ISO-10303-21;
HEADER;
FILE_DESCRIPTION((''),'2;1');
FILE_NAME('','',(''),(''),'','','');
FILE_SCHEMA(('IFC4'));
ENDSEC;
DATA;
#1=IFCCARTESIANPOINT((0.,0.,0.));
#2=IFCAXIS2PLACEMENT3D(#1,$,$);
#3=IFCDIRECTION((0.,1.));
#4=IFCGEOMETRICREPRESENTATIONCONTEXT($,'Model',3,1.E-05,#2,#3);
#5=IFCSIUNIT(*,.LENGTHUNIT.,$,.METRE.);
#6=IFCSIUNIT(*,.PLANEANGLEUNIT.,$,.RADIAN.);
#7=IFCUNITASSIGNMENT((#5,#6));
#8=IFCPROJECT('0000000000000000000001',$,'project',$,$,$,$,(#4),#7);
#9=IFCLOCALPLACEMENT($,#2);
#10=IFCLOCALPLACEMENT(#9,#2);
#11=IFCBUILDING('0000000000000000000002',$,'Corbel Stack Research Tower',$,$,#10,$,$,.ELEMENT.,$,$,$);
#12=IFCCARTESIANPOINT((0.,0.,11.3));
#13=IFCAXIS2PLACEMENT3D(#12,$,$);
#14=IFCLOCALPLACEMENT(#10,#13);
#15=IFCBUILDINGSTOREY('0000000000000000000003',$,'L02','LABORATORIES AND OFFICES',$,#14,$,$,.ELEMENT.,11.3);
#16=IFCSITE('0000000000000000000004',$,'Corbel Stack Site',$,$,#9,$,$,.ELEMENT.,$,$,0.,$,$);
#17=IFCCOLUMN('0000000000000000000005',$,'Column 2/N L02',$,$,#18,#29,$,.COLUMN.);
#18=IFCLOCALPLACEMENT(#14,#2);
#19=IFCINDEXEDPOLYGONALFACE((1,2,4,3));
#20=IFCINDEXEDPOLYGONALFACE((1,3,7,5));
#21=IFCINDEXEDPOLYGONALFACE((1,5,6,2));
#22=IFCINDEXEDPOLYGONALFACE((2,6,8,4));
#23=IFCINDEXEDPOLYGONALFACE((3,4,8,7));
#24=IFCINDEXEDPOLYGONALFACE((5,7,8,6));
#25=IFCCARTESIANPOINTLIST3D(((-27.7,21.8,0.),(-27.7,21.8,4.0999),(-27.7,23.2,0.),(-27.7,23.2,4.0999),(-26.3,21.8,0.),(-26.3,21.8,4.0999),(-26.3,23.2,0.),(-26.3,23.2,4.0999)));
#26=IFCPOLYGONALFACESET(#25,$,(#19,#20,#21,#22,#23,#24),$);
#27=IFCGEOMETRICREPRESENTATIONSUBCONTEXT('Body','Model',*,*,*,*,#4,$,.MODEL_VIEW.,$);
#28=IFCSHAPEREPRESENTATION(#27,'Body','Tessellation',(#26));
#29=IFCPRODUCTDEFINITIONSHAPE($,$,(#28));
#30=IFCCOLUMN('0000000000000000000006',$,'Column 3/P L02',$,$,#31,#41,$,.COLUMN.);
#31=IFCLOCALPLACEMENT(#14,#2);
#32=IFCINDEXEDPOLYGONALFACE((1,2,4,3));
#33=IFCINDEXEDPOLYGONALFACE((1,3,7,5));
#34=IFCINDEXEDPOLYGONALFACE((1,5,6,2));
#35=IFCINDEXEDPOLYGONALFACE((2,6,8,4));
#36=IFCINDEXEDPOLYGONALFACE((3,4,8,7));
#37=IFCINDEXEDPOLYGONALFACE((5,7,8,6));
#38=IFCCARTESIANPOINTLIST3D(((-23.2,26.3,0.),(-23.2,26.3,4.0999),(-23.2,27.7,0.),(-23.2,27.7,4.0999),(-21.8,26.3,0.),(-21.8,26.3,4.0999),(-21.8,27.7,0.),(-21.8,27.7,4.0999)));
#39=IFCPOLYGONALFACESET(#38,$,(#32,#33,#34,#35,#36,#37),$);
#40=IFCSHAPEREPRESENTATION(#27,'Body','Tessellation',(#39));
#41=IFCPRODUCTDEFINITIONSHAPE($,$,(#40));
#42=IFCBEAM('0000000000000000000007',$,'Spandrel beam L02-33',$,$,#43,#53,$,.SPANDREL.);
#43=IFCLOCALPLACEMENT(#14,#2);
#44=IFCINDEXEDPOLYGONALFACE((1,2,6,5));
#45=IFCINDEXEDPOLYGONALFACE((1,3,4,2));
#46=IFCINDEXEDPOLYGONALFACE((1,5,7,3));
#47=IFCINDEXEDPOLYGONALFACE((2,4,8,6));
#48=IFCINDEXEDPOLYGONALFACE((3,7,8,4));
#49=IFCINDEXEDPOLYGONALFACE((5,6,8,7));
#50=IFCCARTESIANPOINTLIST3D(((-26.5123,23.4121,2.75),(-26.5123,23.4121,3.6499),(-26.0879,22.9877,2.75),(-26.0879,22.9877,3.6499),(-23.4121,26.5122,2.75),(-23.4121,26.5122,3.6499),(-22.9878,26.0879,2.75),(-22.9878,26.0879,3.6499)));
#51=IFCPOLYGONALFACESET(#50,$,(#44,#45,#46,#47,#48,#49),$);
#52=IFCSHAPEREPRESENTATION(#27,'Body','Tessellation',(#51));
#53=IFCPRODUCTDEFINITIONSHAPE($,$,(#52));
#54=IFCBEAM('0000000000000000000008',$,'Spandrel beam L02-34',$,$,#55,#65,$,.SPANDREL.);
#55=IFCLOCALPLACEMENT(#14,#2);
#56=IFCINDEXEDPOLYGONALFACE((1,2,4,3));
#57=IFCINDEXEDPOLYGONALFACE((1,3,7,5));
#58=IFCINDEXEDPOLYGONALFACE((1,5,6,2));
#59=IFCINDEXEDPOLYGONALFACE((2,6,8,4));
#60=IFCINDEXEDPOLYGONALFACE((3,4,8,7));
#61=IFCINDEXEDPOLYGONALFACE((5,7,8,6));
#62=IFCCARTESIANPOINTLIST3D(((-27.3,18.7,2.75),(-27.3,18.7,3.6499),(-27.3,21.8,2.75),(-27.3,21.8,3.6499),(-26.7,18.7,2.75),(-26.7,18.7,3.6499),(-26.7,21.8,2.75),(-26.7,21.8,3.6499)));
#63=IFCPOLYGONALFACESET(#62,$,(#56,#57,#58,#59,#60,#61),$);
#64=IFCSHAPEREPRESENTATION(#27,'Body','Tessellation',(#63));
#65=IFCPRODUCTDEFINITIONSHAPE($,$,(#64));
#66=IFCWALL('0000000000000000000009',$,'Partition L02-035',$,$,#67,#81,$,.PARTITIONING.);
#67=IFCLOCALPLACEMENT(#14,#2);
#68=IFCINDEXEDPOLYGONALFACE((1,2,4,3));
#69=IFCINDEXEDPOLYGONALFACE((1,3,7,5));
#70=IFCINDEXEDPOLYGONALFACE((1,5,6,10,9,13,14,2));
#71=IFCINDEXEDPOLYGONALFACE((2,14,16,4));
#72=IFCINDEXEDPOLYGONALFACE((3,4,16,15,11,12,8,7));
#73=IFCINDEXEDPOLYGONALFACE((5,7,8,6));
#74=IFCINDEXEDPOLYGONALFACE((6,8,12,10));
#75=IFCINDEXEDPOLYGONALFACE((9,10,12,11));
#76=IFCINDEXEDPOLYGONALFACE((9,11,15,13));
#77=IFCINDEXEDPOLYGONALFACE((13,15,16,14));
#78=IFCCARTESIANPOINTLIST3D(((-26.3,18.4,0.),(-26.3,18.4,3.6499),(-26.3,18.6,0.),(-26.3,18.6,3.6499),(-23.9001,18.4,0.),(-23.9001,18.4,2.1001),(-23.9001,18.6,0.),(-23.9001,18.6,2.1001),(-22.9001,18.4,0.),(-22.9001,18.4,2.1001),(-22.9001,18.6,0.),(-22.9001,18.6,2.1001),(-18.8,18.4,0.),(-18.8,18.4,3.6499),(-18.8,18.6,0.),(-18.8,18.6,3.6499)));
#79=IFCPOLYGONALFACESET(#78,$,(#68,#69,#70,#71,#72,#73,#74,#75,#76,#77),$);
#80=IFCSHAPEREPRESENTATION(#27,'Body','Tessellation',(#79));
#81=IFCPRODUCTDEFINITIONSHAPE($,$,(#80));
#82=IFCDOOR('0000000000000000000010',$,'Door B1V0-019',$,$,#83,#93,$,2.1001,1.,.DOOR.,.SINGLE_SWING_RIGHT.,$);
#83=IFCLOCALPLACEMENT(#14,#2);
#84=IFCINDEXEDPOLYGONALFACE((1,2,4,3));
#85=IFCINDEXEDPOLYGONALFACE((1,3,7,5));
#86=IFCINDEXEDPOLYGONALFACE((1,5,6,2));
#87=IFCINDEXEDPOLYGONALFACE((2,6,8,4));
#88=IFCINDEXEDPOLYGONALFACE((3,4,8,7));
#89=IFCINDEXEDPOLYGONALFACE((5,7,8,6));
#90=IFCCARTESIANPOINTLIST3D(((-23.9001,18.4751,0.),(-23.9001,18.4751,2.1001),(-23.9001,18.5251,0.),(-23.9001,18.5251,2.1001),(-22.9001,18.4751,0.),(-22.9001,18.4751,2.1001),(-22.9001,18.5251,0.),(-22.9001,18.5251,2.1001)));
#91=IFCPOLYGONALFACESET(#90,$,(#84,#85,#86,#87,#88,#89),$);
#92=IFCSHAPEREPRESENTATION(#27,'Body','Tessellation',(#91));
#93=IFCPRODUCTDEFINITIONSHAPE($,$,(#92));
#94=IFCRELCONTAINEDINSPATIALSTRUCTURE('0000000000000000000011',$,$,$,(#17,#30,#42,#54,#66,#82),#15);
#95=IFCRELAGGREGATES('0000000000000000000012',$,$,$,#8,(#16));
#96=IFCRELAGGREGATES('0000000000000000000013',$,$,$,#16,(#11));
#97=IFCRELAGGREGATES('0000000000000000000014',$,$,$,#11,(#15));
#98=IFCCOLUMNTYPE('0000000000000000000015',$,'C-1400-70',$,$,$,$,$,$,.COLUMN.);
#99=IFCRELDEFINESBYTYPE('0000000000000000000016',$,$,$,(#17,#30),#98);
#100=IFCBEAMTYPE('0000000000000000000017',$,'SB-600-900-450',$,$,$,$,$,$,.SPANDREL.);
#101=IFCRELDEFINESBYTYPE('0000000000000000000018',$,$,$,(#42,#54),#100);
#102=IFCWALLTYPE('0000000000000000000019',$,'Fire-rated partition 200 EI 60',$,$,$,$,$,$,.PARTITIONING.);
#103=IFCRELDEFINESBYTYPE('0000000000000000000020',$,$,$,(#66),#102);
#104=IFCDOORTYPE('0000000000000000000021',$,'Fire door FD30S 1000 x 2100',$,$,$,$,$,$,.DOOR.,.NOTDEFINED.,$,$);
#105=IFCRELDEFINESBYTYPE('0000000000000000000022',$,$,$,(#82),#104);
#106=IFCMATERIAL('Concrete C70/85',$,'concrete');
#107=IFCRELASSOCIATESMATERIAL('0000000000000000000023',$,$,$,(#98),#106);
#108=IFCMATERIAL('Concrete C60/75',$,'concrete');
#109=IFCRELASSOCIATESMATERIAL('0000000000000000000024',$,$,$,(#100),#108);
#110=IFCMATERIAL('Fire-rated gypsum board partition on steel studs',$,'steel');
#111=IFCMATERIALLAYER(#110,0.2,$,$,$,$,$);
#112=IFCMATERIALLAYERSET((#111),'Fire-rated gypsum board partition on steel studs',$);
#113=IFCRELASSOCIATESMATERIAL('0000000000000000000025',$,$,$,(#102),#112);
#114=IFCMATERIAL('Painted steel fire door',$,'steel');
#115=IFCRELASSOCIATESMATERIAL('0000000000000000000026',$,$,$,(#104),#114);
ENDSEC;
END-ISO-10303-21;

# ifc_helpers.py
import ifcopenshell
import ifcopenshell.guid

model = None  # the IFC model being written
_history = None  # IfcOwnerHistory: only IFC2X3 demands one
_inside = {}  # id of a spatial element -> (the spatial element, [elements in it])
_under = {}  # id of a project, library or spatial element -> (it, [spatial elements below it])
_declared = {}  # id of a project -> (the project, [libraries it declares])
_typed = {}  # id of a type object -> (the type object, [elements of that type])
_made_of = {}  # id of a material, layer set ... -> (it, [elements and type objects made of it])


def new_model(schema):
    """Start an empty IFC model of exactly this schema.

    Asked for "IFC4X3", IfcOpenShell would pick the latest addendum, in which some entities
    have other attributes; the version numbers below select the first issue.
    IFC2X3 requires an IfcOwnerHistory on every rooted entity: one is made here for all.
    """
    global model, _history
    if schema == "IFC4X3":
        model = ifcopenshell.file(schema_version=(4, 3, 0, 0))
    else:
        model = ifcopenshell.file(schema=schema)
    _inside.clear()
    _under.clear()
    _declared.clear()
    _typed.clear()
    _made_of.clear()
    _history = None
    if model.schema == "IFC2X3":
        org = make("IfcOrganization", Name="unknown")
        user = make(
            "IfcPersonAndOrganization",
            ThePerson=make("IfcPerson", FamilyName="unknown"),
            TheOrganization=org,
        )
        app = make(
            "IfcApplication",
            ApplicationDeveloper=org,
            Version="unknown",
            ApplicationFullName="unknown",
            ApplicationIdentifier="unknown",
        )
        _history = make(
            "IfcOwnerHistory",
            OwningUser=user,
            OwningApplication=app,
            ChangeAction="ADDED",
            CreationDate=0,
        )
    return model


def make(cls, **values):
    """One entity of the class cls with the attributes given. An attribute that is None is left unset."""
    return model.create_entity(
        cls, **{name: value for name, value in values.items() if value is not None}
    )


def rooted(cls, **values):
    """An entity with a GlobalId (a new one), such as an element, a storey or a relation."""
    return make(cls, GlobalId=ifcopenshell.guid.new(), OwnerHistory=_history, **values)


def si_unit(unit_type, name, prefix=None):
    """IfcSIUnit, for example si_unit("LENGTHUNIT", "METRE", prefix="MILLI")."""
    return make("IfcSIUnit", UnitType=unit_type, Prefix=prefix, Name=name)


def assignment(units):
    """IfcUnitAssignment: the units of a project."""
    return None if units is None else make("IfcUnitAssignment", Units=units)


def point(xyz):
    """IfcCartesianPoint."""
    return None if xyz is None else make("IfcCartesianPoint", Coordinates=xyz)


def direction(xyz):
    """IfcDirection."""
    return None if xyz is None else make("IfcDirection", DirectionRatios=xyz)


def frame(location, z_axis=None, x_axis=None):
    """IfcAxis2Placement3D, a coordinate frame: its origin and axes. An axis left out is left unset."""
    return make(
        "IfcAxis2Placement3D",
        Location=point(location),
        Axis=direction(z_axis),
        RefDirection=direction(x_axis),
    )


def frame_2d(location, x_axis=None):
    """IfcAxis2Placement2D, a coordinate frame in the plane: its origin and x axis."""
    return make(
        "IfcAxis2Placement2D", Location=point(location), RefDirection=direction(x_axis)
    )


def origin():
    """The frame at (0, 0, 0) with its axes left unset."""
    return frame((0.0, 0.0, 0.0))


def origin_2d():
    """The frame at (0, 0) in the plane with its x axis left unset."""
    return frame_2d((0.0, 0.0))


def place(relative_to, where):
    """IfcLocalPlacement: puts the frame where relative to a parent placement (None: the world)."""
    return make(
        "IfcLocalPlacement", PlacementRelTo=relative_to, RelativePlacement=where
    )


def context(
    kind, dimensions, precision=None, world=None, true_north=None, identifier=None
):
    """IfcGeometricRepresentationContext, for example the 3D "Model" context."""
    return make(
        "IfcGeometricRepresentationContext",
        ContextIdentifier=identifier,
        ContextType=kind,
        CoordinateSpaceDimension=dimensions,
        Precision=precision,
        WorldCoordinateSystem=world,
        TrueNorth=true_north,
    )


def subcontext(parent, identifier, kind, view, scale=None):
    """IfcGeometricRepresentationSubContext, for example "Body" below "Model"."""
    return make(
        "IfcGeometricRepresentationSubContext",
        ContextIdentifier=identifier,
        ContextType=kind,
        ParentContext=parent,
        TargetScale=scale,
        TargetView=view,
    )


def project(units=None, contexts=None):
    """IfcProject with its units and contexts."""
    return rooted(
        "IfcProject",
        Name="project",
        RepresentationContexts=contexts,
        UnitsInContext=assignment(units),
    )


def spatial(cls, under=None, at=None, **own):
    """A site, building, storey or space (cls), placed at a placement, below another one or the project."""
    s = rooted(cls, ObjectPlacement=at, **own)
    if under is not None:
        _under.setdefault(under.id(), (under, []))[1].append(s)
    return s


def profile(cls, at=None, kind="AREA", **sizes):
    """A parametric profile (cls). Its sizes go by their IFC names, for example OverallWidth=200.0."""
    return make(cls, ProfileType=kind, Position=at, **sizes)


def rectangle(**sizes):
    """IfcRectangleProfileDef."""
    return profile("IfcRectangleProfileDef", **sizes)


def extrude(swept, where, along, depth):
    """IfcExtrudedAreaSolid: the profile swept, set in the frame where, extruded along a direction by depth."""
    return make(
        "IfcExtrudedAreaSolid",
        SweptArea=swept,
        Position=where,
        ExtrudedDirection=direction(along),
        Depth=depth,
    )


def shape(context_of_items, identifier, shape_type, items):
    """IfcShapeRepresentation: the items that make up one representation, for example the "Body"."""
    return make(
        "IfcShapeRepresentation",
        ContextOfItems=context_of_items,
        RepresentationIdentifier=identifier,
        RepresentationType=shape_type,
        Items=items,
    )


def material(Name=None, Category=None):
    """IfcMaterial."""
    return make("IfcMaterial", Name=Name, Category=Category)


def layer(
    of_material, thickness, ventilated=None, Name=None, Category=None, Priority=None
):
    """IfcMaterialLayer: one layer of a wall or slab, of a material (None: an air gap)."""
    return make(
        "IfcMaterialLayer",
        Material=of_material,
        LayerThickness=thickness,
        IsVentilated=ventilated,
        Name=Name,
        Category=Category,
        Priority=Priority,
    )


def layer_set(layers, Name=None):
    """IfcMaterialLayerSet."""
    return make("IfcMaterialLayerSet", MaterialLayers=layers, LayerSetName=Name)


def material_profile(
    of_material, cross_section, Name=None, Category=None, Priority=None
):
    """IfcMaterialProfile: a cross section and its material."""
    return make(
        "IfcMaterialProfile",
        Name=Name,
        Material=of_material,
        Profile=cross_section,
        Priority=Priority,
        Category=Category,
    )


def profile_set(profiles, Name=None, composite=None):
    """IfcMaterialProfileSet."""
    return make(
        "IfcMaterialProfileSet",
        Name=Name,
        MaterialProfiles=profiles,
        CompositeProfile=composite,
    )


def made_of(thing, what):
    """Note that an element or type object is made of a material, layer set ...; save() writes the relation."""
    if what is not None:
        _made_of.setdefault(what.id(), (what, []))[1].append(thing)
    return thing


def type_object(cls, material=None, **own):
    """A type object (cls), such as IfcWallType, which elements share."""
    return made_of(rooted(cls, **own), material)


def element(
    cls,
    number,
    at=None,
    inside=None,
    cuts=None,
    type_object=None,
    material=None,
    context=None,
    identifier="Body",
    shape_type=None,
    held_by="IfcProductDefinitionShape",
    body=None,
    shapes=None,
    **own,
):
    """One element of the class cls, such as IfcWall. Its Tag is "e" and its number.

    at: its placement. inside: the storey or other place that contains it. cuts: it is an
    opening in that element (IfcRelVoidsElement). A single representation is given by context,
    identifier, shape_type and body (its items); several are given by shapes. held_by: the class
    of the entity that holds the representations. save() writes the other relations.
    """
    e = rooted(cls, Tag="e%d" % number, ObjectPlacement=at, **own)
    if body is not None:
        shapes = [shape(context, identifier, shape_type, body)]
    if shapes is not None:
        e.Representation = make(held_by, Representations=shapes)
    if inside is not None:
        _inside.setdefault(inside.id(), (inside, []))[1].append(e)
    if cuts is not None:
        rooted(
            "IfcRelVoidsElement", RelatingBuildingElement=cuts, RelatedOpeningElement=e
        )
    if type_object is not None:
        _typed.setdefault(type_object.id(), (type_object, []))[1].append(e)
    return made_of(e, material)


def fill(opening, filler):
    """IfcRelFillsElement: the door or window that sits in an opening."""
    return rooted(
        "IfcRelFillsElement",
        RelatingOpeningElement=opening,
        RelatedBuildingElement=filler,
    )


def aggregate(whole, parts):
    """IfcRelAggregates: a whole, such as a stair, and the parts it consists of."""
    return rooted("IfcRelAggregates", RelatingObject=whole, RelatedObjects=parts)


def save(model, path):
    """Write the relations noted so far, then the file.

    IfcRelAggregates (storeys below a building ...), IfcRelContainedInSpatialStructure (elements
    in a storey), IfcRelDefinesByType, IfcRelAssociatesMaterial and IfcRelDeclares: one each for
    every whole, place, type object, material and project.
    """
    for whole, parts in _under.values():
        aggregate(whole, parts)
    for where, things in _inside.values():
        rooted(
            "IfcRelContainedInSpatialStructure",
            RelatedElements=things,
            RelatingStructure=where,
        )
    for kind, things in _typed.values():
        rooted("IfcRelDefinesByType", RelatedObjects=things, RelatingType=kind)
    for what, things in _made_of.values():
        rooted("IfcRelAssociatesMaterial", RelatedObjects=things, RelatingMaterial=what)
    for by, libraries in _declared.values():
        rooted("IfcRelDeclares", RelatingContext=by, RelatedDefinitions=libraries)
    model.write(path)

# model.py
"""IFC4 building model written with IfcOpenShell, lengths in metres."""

from ifc_helpers import new_model, si_unit, direction, frame, frame_2d, origin, origin_2d, place, context, subcontext, project, spatial, rectangle, extrude, material, layer, layer_set, material_profile, profile_set, type_object, element, fill, save


model = new_model("IFC4")

# Units and contexts
model_context = context("Model", 3, precision=1e-05, world=origin(), true_north=direction((0.0, 1.0)))
body_context = subcontext(model_context, "Body", "Model", "MODEL_VIEW")
ifc_project = project(units=[si_unit("LENGTHUNIT", "METRE"), si_unit("PLANEANGLEUNIT", "RADIAN")], contexts=[model_context])

# Site, building, storey
site_placement = place(None, origin())
site = spatial("IfcSite", under=ifc_project, at=site_placement, Name="Corbel Stack Site", CompositionType="ELEMENT", RefElevation=0.0)
building_placement = place(site_placement, origin())
building = spatial("IfcBuilding", under=site, at=building_placement, Name="Corbel Stack Research Tower", CompositionType="ELEMENT")
storey_placement = place(building_placement, frame((0.0, 0.0, 11.3)))
storey = spatial("IfcBuildingStorey", under=building, at=storey_placement, Name="L02", Description="LABORATORIES AND OFFICES", CompositionType="ELEMENT", Elevation=11.3)

# Columns
ifc_material_1 = material(Name="Concrete C70/85", Category="concrete")
ifc_material_profile_1 = material_profile(ifc_material_1, rectangle(XDim=1.3999, YDim=1.3999, at=origin_2d()), Name="RC 1400 x 1400")
ifc_profile_set_1 = profile_set([ifc_material_profile_1], Name="Concrete C70/85")
column_type = type_object("IfcColumnType", Name="C-1400-70", PredefinedType="COLUMN", material=ifc_profile_set_1)
for number, where, z_axis, x_axis, name in (
    (1, (-27.0, 22.5, 0.0), (0.0, 0.0, 1.0), (1.0, 0.0, 0.0), "Column 2/N L02"),
    (2, (-22.5, 27.0, 0.0), (0.0, 0.0, 1.0), (1.0, 0.0, 0.0), "Column 3/P L02"),
):
    element("IfcColumn", number, at=place(storey_placement, frame(where, z_axis=z_axis, x_axis=x_axis)), inside=storey, type_object=column_type, Name=name, PredefinedType="COLUMN", context=body_context, shape_type="SweptSolid", body=[
        extrude(rectangle(XDim=1.3999, YDim=1.3999, at=origin_2d()), origin(), (0.0, 0.0, 1.0), 4.0999),
    ])

# Beams
ifc_material_2 = material(Name="Concrete C60/75", Category="concrete")
ifc_material_profile_2 = material_profile(ifc_material_2, rectangle(XDim=0.6001, YDim=0.8999, at=origin_2d()), Name="RC 600 x 900")
ifc_profile_set_2 = profile_set([ifc_material_profile_2], Name="Concrete C60/75")
beam_type = type_object("IfcBeamType", Name="SB-600-900-450", PredefinedType="SPANDREL", material=ifc_profile_set_2)
beam_1_placement = place(storey_placement, frame((-23.2, 26.3, 3.2), z_axis=(-0.707107, -0.707107, 0.0), x_axis=(0.707107, -0.707107, 0.0)))
element("IfcBeam", 3, at=beam_1_placement, inside=storey, type_object=beam_type, Name="Spandrel beam L02-33", PredefinedType="SPANDREL", context=body_context, shape_type="SweptSolid", body=[
    extrude(rectangle(XDim=0.6001, YDim=0.8999, at=origin_2d()), origin(), (0.0, 0.0, 1.0), 4.3843),
])
beam_2_placement = place(storey_placement, frame((-27.0, 21.8, 3.2), z_axis=(0.0, -1.0, 0.0), x_axis=(1.0, 0.0, 0.0)))
element("IfcBeam", 4, at=beam_2_placement, inside=storey, type_object=beam_type, Name="Spandrel beam L02-34", PredefinedType="SPANDREL", context=body_context, shape_type="SweptSolid", body=[
    extrude(rectangle(XDim=0.6001, YDim=0.8999, at=origin_2d()), origin(), (0.0, 0.0, 1.0), 3.1001),
])

# Wall, opening, door
ifc_material_3 = material(Name="Fire-rated gypsum board partition on steel studs", Category="steel")
ifc_layer_1 = layer(ifc_material_3, 0.2)
ifc_layer_set_1 = layer_set([ifc_layer_1], Name="Fire-rated gypsum board partition on steel studs")
wall_type_1 = type_object("IfcWallType", Name="Fire-rated partition 200 EI 60", PredefinedType="PARTITIONING", material=ifc_layer_set_1)
wall_1_placement = place(storey_placement, frame((-18.8, 18.5, 0.0), z_axis=(0.0, 0.0, 1.0), x_axis=(-1.0, 0.0, 0.0)))
wall_1 = element("IfcWall", 5, at=wall_1_placement, inside=storey, type_object=wall_type_1, Name="Partition L02-035", PredefinedType="PARTITIONING", context=body_context, shape_type="SweptSolid", body=[
    extrude(rectangle(XDim=7.5, YDim=0.2, at=frame_2d((3.75, 0.0))), origin(), (0.0, 0.0, 1.0), 3.6499),
])
opening_1_placement = place(wall_1_placement, frame((4.1001, 0.0, 0.0)))
opening_1 = element("IfcOpeningElement", 6, at=opening_1_placement, cuts=wall_1, PredefinedType="OPENING", context=body_context, shape_type="SweptSolid", body=[
    extrude(rectangle(XDim=1.0, YDim=2.1001, at=frame_2d((0.5, 1.05))), frame((0.0, 0.1099, 0.0), z_axis=(0.0, -1.0, 0.0), x_axis=(1.0, 0.0, 0.0)), (0.0, 0.0, 1.0), 0.22),
])
ifc_material_4 = material(Name="Painted steel fire door", Category="steel")
door_type_1 = type_object("IfcDoorType", Name="Fire door FD30S 1000 x 2100", OperationType="NOTDEFINED", PredefinedType="DOOR", material=ifc_material_4)
door_1_placement = place(opening_1_placement, origin())
door_1 = element("IfcDoor", 7, at=door_1_placement, inside=storey, type_object=door_type_1, Name="Door B1V0-019", OperationType="SINGLE_SWING_RIGHT", OverallHeight=2.1001, OverallWidth=1.0, PredefinedType="DOOR", context=body_context, shape_type="SweptSolid", body=[
    extrude(rectangle(XDim=1.0, YDim=2.1001, at=frame_2d((0.5, 1.05))), frame((0.0, 0.0249, 0.0), z_axis=(0.0, -1.0, 0.0), x_axis=(1.0, 0.0, 0.0)), (0.0, 0.0, 1.0), 0.05),
])
fill(opening_1, door_1)

save(model, "model.ifc")
